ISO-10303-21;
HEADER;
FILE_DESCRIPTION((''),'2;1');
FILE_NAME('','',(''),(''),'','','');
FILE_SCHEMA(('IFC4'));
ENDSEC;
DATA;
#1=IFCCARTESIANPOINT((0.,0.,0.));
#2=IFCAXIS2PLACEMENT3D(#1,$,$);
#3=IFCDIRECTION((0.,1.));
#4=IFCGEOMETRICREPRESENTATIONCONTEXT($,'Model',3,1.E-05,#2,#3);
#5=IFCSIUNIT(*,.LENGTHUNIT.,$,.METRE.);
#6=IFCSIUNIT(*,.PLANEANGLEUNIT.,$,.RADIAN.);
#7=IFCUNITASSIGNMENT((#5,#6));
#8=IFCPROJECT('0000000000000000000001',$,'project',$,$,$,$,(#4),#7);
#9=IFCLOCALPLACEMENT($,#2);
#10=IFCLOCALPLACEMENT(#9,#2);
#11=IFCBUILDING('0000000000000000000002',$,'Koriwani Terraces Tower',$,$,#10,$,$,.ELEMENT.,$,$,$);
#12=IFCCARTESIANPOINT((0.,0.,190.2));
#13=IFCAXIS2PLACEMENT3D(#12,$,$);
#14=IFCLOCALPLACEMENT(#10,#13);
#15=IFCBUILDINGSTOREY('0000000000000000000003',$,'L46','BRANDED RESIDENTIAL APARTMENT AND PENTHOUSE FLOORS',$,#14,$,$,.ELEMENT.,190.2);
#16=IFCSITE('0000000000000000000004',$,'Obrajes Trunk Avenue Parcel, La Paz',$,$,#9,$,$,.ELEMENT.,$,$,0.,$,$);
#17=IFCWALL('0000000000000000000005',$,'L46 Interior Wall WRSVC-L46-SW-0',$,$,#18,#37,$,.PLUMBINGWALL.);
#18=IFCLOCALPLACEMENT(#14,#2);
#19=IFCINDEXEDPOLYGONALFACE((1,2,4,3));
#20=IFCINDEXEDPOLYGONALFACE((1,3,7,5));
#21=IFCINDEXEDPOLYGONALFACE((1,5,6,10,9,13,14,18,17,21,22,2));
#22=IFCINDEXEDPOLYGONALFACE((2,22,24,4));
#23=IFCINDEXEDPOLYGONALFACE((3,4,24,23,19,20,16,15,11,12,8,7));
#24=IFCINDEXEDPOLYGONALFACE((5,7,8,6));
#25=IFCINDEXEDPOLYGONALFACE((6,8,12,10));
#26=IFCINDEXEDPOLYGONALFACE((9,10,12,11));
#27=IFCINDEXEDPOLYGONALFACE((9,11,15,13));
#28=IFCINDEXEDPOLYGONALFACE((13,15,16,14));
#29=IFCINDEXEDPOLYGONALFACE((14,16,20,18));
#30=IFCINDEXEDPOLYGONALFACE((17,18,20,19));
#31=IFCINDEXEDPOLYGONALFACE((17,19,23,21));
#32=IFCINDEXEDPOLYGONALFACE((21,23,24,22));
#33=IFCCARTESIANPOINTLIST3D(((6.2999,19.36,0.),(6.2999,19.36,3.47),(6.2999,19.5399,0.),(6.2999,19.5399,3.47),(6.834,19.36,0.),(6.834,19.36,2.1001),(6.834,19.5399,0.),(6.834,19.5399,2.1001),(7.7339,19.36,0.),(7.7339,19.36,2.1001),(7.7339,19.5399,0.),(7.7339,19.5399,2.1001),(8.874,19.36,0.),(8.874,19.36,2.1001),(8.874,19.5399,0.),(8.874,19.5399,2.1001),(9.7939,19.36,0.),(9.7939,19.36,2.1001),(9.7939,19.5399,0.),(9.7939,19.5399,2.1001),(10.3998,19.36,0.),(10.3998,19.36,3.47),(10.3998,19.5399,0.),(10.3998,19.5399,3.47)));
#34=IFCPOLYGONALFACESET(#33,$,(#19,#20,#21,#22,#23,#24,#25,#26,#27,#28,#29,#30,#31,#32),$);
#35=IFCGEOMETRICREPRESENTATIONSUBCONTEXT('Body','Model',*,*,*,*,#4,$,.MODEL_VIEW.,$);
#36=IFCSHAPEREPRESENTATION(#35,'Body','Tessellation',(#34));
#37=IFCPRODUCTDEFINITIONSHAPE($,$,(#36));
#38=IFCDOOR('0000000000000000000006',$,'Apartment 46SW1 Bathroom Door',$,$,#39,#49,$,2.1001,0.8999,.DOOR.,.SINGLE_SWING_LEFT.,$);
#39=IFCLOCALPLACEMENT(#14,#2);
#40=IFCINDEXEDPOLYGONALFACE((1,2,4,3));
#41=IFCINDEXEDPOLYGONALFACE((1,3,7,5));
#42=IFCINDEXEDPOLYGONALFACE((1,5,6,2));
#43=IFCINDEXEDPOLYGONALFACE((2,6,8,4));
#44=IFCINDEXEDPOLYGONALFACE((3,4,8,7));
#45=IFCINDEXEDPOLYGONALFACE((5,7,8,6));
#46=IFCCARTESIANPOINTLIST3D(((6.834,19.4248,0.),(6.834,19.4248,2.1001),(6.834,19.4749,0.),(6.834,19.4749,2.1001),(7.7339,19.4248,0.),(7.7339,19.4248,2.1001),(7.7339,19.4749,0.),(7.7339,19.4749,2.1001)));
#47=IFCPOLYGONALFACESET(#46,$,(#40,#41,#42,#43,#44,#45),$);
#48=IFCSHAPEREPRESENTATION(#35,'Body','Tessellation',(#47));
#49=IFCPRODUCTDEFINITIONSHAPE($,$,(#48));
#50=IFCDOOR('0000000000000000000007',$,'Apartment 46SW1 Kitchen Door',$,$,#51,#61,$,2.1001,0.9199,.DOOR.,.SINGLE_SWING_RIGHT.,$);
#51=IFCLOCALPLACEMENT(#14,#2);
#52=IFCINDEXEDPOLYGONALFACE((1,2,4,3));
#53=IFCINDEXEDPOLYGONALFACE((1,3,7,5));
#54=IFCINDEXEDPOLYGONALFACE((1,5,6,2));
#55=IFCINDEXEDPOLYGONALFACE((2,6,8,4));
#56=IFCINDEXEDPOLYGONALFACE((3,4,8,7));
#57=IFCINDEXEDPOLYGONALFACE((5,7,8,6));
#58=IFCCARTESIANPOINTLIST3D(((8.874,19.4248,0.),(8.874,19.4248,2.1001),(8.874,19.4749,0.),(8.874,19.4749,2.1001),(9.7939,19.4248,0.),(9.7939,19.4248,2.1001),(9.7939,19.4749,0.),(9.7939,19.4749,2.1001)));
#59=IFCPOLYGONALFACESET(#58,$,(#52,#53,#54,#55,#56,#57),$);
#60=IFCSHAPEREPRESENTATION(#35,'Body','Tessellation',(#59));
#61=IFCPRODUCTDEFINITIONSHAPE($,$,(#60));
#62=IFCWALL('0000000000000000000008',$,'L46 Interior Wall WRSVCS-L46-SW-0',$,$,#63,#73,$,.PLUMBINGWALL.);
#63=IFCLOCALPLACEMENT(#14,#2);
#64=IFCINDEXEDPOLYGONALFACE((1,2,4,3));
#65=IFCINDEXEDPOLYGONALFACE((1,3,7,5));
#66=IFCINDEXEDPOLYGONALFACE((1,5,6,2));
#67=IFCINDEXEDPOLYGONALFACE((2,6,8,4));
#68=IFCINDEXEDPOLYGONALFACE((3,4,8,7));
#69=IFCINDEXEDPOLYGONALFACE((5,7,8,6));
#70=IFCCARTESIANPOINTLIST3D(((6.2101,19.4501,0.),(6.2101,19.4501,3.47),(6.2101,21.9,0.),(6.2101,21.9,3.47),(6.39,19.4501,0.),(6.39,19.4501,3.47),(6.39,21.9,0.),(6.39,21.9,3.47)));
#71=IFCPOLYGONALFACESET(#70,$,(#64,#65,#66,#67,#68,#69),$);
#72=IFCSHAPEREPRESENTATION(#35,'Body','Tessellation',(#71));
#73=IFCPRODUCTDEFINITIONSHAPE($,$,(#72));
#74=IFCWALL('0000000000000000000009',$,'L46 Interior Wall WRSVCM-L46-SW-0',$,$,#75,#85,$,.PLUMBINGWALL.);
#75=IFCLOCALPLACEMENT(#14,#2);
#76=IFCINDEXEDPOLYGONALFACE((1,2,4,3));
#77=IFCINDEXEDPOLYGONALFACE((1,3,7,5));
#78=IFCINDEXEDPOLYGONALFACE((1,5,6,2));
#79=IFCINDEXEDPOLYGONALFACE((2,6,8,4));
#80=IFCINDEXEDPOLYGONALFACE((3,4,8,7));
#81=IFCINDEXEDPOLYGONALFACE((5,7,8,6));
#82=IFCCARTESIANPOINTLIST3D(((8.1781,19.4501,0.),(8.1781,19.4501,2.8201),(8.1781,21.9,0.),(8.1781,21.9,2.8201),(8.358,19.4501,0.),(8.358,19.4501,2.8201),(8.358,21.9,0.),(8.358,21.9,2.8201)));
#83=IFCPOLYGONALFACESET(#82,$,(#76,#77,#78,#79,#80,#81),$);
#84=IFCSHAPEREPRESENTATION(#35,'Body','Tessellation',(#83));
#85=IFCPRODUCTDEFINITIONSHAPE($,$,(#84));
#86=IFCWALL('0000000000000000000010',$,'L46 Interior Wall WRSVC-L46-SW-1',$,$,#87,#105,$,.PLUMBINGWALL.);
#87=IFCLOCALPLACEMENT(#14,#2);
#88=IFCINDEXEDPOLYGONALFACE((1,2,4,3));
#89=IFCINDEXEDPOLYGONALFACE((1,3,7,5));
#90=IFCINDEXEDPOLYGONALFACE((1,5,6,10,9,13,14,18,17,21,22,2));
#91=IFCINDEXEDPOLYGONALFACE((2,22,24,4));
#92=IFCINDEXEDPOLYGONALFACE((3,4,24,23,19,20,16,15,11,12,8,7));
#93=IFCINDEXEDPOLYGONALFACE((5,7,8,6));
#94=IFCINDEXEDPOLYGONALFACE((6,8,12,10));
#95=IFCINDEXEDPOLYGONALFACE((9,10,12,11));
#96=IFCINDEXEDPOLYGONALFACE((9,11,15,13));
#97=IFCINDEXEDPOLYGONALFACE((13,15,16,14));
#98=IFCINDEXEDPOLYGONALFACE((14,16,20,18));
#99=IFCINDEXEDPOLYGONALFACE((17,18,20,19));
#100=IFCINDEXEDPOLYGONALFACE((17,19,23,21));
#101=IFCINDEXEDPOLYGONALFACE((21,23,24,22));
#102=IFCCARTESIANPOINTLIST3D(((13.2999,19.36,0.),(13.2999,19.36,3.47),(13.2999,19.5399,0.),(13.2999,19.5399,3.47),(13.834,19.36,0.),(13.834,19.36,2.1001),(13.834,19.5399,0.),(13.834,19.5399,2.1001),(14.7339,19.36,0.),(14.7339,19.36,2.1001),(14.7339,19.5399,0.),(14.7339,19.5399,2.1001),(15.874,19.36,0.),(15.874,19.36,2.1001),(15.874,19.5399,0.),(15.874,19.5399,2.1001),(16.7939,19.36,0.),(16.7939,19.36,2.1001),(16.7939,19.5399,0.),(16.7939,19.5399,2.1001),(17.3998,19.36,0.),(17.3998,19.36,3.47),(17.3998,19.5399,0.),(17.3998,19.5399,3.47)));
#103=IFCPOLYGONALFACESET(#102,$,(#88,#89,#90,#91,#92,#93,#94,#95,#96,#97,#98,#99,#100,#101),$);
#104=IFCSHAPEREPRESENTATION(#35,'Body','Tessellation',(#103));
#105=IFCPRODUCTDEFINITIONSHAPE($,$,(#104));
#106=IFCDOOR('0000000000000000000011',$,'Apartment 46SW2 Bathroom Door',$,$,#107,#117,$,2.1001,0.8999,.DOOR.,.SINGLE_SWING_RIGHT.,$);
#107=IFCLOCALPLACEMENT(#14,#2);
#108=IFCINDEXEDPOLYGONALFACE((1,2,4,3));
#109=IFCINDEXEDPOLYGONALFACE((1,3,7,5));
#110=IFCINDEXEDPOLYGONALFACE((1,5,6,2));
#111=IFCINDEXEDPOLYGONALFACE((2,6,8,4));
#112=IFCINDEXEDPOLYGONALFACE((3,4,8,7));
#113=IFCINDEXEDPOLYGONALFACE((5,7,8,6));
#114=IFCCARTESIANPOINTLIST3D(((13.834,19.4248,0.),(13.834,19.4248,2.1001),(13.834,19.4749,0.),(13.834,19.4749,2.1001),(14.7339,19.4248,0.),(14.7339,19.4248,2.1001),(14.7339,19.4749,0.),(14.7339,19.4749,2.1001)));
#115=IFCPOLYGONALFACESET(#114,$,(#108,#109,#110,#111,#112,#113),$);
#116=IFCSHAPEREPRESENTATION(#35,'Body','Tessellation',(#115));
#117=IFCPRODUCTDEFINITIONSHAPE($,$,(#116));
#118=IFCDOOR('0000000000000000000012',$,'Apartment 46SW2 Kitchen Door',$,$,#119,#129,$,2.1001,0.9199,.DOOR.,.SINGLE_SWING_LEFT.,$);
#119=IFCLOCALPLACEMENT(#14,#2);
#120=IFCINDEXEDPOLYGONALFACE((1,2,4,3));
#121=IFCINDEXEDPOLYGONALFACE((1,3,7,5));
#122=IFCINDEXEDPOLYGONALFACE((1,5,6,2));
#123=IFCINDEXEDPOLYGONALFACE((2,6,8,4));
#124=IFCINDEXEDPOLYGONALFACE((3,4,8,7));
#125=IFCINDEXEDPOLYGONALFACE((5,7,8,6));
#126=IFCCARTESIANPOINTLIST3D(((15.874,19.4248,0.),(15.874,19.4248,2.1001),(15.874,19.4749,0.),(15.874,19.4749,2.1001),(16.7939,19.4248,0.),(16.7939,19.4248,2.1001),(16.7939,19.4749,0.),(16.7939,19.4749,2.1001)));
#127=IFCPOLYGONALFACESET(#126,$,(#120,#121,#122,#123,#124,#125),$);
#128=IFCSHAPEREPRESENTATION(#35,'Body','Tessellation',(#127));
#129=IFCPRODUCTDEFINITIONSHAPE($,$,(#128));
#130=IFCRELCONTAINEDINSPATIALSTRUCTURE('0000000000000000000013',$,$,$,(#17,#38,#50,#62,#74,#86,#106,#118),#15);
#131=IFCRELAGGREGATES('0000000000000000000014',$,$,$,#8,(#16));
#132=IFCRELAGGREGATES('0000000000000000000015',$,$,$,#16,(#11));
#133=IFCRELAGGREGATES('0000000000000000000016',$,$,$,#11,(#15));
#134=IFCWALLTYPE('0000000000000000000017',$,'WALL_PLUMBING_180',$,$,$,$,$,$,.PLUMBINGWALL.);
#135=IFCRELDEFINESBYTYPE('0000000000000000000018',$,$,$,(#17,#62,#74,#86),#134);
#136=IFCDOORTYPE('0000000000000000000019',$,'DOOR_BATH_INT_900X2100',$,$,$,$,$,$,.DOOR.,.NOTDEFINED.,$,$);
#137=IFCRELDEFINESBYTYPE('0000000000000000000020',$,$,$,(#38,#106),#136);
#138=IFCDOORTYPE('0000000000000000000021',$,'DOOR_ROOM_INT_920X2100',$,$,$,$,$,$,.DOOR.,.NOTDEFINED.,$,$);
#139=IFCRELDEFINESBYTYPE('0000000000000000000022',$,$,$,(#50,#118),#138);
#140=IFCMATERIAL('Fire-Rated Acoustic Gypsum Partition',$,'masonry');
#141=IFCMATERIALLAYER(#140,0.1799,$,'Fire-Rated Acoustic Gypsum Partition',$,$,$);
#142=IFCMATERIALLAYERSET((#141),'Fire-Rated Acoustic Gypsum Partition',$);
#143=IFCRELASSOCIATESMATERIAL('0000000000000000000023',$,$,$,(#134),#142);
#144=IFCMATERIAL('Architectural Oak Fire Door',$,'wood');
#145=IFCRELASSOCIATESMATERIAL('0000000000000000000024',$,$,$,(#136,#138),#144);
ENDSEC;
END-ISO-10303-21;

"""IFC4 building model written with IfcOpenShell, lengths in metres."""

from ifc_helpers import new_model, si_unit, direction, frame, frame_2d, origin, place, context, subcontext, project, spatial, rectangle, extrude, material, layer, layer_set, type_object, element, fill, save


model = new_model("IFC4")

# Units and contexts
model_context = context("Model", 3, precision=1e-05, world=origin(), true_north=direction((0.0, 1.0)))
body_context = subcontext(model_context, "Body", "Model", "MODEL_VIEW")
ifc_project = project(units=[si_unit("LENGTHUNIT", "METRE"), si_unit("PLANEANGLEUNIT", "RADIAN")], contexts=[model_context])

# Site, building, storey
site_placement = place(None, origin())
site = spatial("IfcSite", under=ifc_project, at=site_placement, Name="Obrajes Trunk Avenue Parcel, La Paz", CompositionType="ELEMENT", RefElevation=0.0)
building_placement = place(site_placement, origin())
building = spatial("IfcBuilding", under=site, at=building_placement, Name="Koriwani Terraces Tower", CompositionType="ELEMENT")
storey_placement = place(building_placement, frame((0.0, 0.0, 190.2)))
storey = spatial("IfcBuildingStorey", under=building, at=storey_placement, Name="L46", Description="BRANDED RESIDENTIAL APARTMENT AND PENTHOUSE FLOORS", CompositionType="ELEMENT", Elevation=190.2)

# Wall, openings, doors
ifc_material_1 = material(Name="Fire-Rated Acoustic Gypsum Partition", Category="masonry")
ifc_layer = layer(ifc_material_1, 0.1799, Name="Fire-Rated Acoustic Gypsum Partition")
ifc_layer_set = layer_set([ifc_layer], Name="Fire-Rated Acoustic Gypsum Partition")
wall_type = type_object("IfcWallType", Name="WALL_PLUMBING_180", PredefinedType="PLUMBINGWALL", material=ifc_layer_set)
wall_1_placement = place(storey_placement, frame((6.3, 19.45, 0.0), z_axis=(0.0, 0.0, 1.0), x_axis=(1.0, 0.0, 0.0)))
wall_1 = element("IfcWall", 1, at=wall_1_placement, inside=storey, type_object=wall_type, Name="L46 Interior Wall WRSVC-L46-SW-0", PredefinedType="PLUMBINGWALL", context=body_context, shape_type="SweptSolid", body=[
    extrude(rectangle(XDim=4.0999, YDim=0.1799, at=frame_2d((2.0498, 0.0))), origin(), (0.0, 0.0, 1.0), 3.47),
])
opening_1_placement = place(wall_1_placement, frame((0.5339, 0.0, 0.0)))
opening_1 = element("IfcOpeningElement", 2, at=opening_1_placement, cuts=wall_1, PredefinedType="OPENING", context=body_context, shape_type="SweptSolid", body=[
    extrude(rectangle(XDim=0.8999, YDim=2.1001, at=frame_2d((0.45, 1.05))), frame((0.0, 0.1001, 0.0), z_axis=(0.0, -1.0, 0.0), x_axis=(1.0, 0.0, 0.0)), (0.0, 0.0, 1.0), 0.2),
])
opening_2_placement = place(wall_1_placement, frame((2.574, 0.0, 0.0)))
opening_2 = element("IfcOpeningElement", 3, at=opening_2_placement, cuts=wall_1, PredefinedType="OPENING", context=body_context, shape_type="SweptSolid", body=[
    extrude(rectangle(XDim=0.9199, YDim=2.1001, at=frame_2d((0.46, 1.05))), frame((0.0, 0.1001, 0.0), z_axis=(0.0, -1.0, 0.0), x_axis=(1.0, 0.0, 0.0)), (0.0, 0.0, 1.0), 0.2),
])
ifc_material_2 = material(Name="Architectural Oak Fire Door", Category="wood")
door_type_1 = type_object("IfcDoorType", Name="DOOR_BATH_INT_900X2100", OperationType="NOTDEFINED", PredefinedType="DOOR", material=ifc_material_2)
door_1_placement = place(opening_1_placement, origin())
door_1 = element("IfcDoor", 4, at=door_1_placement, inside=storey, type_object=door_type_1, Name="Apartment 46SW1 Bathroom Door", OperationType="SINGLE_SWING_LEFT", OverallHeight=2.1001, OverallWidth=0.8999, PredefinedType="DOOR", context=body_context, shape_type="SweptSolid", body=[
    extrude(rectangle(XDim=0.8999, YDim=2.1001, at=frame_2d((0.45, 1.05))), frame((0.0, 0.0249, 0.0), z_axis=(0.0, -1.0, 0.0), x_axis=(1.0, 0.0, 0.0)), (0.0, 0.0, 1.0), 0.05),
])
fill(opening_1, door_1)
door_type_2 = type_object("IfcDoorType", Name="DOOR_ROOM_INT_920X2100", OperationType="NOTDEFINED", PredefinedType="DOOR", material=ifc_material_2)
door_2_placement = place(opening_2_placement, origin())
door_2 = element("IfcDoor", 5, at=door_2_placement, inside=storey, type_object=door_type_2, Name="Apartment 46SW1 Kitchen Door", OperationType="SINGLE_SWING_RIGHT", OverallHeight=2.1001, OverallWidth=0.9199, PredefinedType="DOOR", context=body_context, shape_type="SweptSolid", body=[
    extrude(rectangle(XDim=0.9199, YDim=2.1001, at=frame_2d((0.46, 1.05))), frame((0.0, 0.0249, 0.0), z_axis=(0.0, -1.0, 0.0), x_axis=(1.0, 0.0, 0.0)), (0.0, 0.0, 1.0), 0.05),
])
fill(opening_2, door_2)

# Walls
wall_2_placement = place(storey_placement, frame((6.3, 19.45, 0.0), z_axis=(0.0, 0.0, 1.0), x_axis=(0.0, 1.0, 0.0)))
element("IfcWall", 6, at=wall_2_placement, inside=storey, type_object=wall_type, Name="L46 Interior Wall WRSVCS-L46-SW-0", PredefinedType="PLUMBINGWALL", context=body_context, shape_type="SweptSolid", body=[
    extrude(rectangle(XDim=2.45, YDim=0.1799, at=frame_2d((1.2251, 0.0))), origin(), (0.0, 0.0, 1.0), 3.47),
])
wall_3_placement = place(storey_placement, frame((8.2681, 19.45, 0.0), z_axis=(0.0, 0.0, 1.0), x_axis=(0.0, 1.0, 0.0)))
element("IfcWall", 7, at=wall_3_placement, inside=storey, type_object=wall_type, Name="L46 Interior Wall WRSVCM-L46-SW-0", PredefinedType="PLUMBINGWALL", context=body_context, shape_type="SweptSolid", body=[
    extrude(rectangle(XDim=2.45, YDim=0.1799, at=frame_2d((1.2251, 0.0))), origin(), (0.0, 0.0, 1.0), 2.8201),
])

# Wall, openings, doors
wall_4_placement = place(storey_placement, frame((13.3, 19.45, 0.0), z_axis=(0.0, 0.0, 1.0), x_axis=(1.0, 0.0, 0.0)))
wall_4 = element("IfcWall", 8, at=wall_4_placement, inside=storey, type_object=wall_type, Name="L46 Interior Wall WRSVC-L46-SW-1", PredefinedType="PLUMBINGWALL", context=body_context, shape_type="SweptSolid", body=[
    extrude(rectangle(XDim=4.0999, YDim=0.1799, at=frame_2d((2.0498, 0.0))), origin(), (0.0, 0.0, 1.0), 3.47),
])
opening_3_placement = place(wall_4_placement, frame((0.5339, 0.0, 0.0)))
opening_3 = element("IfcOpeningElement", 9, at=opening_3_placement, cuts=wall_4, PredefinedType="OPENING", context=body_context, shape_type="SweptSolid", body=[
    extrude(rectangle(XDim=0.8999, YDim=2.1001, at=frame_2d((0.45, 1.05))), frame((0.0, 0.1001, 0.0), z_axis=(0.0, -1.0, 0.0), x_axis=(1.0, 0.0, 0.0)), (0.0, 0.0, 1.0), 0.2),
])
opening_4_placement = place(wall_4_placement, frame((2.574, 0.0, 0.0)))
opening_4 = element("IfcOpeningElement", 10, at=opening_4_placement, cuts=wall_4, PredefinedType="OPENING", context=body_context, shape_type="SweptSolid", body=[
    extrude(rectangle(XDim=0.9199, YDim=2.1001, at=frame_2d((0.46, 1.05))), frame((0.0, 0.1001, 0.0), z_axis=(0.0, -1.0, 0.0), x_axis=(1.0, 0.0, 0.0)), (0.0, 0.0, 1.0), 0.2),
])
door_3_placement = place(opening_3_placement, origin())
door_3 = element("IfcDoor", 11, at=door_3_placement, inside=storey, type_object=door_type_1, Name="Apartment 46SW2 Bathroom Door", OperationType="SINGLE_SWING_RIGHT", OverallHeight=2.1001, OverallWidth=0.8999, PredefinedType="DOOR", context=body_context, shape_type="SweptSolid", body=[
    extrude(rectangle(XDim=0.8999, YDim=2.1001, at=frame_2d((0.45, 1.05))), frame((0.0, 0.0249, 0.0), z_axis=(0.0, -1.0, 0.0), x_axis=(1.0, 0.0, 0.0)), (0.0, 0.0, 1.0), 0.05),
])
fill(opening_3, door_3)
door_4_placement = place(opening_4_placement, origin())
door_4 = element("IfcDoor", 12, at=door_4_placement, inside=storey, type_object=door_type_2, Name="Apartment 46SW2 Kitchen Door", OperationType="SINGLE_SWING_LEFT", OverallHeight=2.1001, OverallWidth=0.9199, PredefinedType="DOOR", context=body_context, shape_type="SweptSolid", body=[
    extrude(rectangle(XDim=0.9199, YDim=2.1001, at=frame_2d((0.46, 1.05))), frame((0.0, 0.0249, 0.0), z_axis=(0.0, -1.0, 0.0), x_axis=(1.0, 0.0, 0.0)), (0.0, 0.0, 1.0), 0.05),
])
fill(opening_4, door_4)

save(model, "model.ifc")
